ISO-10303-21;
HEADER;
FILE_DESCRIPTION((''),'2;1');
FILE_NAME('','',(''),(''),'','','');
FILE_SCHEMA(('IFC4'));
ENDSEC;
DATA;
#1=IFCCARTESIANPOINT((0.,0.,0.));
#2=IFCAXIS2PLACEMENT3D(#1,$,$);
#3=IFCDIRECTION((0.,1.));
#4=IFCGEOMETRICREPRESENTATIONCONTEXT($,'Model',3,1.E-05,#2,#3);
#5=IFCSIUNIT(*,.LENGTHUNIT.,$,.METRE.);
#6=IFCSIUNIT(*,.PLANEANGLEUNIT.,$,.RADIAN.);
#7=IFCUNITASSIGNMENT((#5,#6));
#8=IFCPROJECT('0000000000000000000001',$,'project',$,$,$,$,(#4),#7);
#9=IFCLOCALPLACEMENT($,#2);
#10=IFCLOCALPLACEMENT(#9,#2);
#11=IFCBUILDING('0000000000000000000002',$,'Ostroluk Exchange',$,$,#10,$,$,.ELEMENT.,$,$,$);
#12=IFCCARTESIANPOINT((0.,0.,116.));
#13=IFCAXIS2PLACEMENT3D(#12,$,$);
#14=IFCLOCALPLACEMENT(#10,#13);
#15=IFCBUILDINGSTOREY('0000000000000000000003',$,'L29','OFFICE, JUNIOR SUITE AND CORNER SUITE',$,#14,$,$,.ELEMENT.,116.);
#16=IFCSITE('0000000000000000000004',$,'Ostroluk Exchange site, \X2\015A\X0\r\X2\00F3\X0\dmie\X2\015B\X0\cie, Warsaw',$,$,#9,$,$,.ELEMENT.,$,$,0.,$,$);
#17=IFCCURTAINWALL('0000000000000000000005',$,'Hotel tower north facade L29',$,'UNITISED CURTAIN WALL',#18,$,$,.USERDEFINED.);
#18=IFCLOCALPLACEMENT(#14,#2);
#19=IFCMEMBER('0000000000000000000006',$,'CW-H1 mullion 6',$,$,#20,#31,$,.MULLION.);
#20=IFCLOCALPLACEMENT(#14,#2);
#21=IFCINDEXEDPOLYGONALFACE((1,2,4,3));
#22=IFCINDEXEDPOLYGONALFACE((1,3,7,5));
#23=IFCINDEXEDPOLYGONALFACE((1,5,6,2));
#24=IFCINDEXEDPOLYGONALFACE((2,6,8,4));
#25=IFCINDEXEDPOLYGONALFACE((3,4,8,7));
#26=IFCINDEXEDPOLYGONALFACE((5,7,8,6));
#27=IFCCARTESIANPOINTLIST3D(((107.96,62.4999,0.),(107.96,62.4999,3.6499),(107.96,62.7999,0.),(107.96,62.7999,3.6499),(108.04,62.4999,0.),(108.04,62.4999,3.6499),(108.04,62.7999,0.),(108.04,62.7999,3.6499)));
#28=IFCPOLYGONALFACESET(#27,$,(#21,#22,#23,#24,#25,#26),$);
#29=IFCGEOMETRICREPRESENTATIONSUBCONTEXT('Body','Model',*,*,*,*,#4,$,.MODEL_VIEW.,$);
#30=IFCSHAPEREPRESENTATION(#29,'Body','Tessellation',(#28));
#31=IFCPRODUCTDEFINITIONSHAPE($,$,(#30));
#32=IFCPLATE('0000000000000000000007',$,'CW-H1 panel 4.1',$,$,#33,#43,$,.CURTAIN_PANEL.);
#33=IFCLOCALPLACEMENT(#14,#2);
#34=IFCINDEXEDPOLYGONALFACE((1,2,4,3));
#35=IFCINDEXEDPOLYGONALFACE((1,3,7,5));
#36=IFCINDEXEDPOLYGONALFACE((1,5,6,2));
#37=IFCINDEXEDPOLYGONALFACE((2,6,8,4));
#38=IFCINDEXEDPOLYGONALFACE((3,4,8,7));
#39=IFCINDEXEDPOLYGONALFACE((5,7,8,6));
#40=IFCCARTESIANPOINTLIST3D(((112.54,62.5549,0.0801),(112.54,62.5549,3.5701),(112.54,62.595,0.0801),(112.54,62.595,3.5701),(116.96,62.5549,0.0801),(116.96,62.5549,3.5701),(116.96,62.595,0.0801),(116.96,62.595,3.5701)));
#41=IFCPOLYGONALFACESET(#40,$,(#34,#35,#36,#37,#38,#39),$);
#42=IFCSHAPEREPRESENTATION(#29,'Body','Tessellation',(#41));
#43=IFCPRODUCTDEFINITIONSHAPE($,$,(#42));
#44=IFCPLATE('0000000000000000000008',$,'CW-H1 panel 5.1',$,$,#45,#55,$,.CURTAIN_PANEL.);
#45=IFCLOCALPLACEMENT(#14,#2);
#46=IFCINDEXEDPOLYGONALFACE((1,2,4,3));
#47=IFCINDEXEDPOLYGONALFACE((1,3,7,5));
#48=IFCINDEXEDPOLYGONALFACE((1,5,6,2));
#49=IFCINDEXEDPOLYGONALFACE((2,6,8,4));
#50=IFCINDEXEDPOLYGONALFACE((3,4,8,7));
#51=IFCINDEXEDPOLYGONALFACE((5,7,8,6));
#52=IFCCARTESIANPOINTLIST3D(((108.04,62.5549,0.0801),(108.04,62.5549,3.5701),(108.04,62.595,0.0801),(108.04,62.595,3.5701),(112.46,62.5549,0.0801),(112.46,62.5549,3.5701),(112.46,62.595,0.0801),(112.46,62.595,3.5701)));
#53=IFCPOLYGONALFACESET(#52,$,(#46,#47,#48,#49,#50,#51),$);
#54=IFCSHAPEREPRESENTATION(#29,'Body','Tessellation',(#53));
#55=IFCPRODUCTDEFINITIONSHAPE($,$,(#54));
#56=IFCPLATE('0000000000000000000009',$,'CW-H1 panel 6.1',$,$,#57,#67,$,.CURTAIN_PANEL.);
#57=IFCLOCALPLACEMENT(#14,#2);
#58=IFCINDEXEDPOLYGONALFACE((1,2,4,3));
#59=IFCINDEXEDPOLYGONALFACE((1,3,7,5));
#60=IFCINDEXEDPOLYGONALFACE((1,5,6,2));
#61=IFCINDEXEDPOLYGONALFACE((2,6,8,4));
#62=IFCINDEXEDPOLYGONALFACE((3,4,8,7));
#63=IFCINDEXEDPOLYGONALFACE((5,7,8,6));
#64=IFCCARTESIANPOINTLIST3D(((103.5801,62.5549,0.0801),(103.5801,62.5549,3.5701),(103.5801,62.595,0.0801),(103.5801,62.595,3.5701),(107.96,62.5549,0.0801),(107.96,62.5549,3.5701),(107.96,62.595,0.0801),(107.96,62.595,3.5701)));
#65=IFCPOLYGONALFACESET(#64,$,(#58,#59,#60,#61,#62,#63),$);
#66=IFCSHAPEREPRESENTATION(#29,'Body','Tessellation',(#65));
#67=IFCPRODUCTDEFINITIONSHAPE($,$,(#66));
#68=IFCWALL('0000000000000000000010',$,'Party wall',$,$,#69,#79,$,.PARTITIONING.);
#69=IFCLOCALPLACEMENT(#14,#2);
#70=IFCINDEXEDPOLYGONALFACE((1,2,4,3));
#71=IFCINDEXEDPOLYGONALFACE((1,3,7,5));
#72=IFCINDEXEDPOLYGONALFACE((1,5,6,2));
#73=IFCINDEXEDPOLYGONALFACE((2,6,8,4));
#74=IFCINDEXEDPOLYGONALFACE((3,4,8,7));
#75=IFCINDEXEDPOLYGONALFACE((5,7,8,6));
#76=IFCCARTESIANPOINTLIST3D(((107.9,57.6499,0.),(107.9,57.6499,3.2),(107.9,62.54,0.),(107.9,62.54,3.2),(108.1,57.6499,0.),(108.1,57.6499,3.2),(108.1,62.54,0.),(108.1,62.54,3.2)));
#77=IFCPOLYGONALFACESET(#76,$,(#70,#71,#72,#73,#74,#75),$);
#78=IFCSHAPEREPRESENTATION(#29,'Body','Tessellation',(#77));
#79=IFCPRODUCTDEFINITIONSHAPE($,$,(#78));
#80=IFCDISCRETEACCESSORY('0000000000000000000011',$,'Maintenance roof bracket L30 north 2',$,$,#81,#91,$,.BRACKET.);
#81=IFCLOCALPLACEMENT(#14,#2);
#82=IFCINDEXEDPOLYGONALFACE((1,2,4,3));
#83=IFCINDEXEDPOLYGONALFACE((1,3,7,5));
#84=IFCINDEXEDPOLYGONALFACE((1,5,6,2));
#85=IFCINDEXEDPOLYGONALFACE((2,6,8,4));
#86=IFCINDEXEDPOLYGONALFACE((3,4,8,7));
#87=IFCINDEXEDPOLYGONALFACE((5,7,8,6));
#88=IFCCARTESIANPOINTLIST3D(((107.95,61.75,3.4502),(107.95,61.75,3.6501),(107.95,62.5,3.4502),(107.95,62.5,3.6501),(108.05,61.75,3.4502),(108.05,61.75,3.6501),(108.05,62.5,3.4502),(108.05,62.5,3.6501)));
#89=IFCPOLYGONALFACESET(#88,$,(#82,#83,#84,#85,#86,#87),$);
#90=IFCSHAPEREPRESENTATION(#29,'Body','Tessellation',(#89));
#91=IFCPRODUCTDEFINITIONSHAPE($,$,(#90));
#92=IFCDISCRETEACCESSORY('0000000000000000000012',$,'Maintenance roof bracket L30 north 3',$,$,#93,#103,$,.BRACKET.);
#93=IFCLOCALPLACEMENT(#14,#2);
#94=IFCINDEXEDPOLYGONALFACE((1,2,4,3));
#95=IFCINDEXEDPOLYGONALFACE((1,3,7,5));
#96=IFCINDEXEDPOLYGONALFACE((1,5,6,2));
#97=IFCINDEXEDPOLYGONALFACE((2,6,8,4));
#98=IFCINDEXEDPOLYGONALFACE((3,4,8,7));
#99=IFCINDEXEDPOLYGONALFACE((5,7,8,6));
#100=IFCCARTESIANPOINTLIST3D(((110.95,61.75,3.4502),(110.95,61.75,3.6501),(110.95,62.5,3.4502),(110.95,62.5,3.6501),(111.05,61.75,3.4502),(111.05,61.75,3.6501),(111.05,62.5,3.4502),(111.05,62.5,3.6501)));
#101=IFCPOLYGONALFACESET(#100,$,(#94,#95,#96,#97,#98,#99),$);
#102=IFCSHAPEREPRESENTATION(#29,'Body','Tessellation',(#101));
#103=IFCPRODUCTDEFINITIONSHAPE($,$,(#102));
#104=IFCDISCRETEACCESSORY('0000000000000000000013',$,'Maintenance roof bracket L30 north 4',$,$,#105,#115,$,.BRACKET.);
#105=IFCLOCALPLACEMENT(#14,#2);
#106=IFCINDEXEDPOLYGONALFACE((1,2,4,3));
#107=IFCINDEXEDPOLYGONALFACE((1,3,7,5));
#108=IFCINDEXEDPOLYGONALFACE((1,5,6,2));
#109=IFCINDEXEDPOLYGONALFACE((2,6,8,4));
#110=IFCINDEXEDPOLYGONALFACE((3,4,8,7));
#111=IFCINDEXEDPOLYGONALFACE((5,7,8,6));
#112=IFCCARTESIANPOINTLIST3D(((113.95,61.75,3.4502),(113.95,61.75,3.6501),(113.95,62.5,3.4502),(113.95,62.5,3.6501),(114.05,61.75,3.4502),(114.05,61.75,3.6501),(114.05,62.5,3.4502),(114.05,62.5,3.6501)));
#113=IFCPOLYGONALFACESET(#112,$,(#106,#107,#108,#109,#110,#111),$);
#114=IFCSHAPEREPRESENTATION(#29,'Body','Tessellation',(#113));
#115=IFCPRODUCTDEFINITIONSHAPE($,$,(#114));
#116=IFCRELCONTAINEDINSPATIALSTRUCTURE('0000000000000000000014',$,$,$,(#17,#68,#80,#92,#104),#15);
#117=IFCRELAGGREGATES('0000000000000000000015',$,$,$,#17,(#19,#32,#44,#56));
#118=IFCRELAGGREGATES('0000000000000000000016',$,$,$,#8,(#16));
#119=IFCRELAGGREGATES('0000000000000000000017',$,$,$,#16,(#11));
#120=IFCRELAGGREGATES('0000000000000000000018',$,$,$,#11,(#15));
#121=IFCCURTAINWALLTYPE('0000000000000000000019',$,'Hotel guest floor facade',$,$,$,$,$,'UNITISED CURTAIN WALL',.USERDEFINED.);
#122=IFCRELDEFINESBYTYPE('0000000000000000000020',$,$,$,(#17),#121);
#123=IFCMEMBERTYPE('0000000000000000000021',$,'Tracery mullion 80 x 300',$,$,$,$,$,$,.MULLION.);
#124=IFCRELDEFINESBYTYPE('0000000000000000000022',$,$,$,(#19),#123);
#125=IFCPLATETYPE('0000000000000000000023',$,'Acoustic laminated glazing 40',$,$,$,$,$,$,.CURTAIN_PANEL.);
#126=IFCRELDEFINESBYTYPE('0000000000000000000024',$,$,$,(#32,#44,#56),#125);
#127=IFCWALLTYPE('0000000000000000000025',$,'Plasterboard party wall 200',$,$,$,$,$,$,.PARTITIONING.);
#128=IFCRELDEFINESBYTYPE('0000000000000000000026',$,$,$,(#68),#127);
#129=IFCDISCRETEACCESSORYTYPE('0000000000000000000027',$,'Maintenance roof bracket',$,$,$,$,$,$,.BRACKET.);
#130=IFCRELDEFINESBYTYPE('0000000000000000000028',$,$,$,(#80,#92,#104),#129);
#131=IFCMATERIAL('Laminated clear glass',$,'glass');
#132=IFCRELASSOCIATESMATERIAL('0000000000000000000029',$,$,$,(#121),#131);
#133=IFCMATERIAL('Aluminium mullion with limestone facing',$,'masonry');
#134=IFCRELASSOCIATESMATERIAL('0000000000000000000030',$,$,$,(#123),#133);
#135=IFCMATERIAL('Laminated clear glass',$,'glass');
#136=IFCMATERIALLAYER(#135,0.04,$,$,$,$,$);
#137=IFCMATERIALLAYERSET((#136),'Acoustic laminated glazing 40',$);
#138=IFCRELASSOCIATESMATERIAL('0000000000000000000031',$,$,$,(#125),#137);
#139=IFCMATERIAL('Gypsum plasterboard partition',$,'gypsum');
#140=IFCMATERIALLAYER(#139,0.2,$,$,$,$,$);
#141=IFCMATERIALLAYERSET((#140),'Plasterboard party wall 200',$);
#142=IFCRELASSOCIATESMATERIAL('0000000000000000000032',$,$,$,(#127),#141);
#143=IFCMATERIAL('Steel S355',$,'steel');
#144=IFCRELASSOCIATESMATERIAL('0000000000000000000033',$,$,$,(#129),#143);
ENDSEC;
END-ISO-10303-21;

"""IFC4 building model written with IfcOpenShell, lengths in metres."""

from ifc_helpers import new_model, si_unit, direction, frame, frame_2d, origin, origin_2d, place, context, subcontext, project, spatial, rectangle, extrude, material, layer, layer_set, material_profile, profile_set, type_object, element, aggregate, save


model = new_model("IFC4")

# Units and contexts
model_context = context("Model", 3, precision=1e-05, world=origin(), true_north=direction((0.0, 1.0)))
body_context = subcontext(model_context, "Body", "Model", "MODEL_VIEW")
ifc_project = project(units=[si_unit("LENGTHUNIT", "METRE"), si_unit("PLANEANGLEUNIT", "RADIAN")], contexts=[model_context])

# Site, building, storey
site_placement = place(None, origin())
site = spatial("IfcSite", under=ifc_project, at=site_placement, Name="Ostroluk Exchange site, Śródmieście, Warsaw", CompositionType="ELEMENT", RefElevation=0.0)
building_placement = place(site_placement, origin())
building = spatial("IfcBuilding", under=site, at=building_placement, Name="Ostroluk Exchange", CompositionType="ELEMENT")
storey_placement = place(building_placement, frame((0.0, 0.0, 116.0)))
storey = spatial("IfcBuildingStorey", under=building, at=storey_placement, Name="L29", Description="OFFICE, JUNIOR SUITE AND CORNER SUITE", CompositionType="ELEMENT", Elevation=116.0)

# Curtain wall, member, plates
ifc_material_1 = material(Name="Laminated clear glass", Category="glass")
curtain_wall_type = type_object("IfcCurtainWallType", Name="Hotel guest floor facade", ElementType="UNITISED CURTAIN WALL", PredefinedType="USERDEFINED", material=ifc_material_1)
curtain_wall_placement = place(storey_placement, origin())
curtain_wall = element("IfcCurtainWall", 1, at=curtain_wall_placement, inside=storey, type_object=curtain_wall_type, Name="Hotel tower north facade L29", ObjectType="UNITISED CURTAIN WALL", PredefinedType="USERDEFINED")
ifc_material_2 = material(Name="Aluminium mullion with limestone facing", Category="masonry")
ifc_material_profile_1 = material_profile(ifc_material_2, rectangle(XDim=0.3, YDim=0.0801, at=origin_2d()), Name="Tracery mullion 80 x 300")
ifc_profile_set_1 = profile_set([ifc_material_profile_1], Name="Aluminium mullion with limestone facing")
member_type_1 = type_object("IfcMemberType", Name="Tracery mullion 80 x 300", PredefinedType="MULLION", material=ifc_profile_set_1)
member_1_placement = place(storey_placement, frame((108.0, 62.6499, 0.0), z_axis=(0.0, 0.0, 1.0), x_axis=(0.0, -1.0, 0.0)))
member_1 = element("IfcMember", 2, at=member_1_placement, type_object=member_type_1, Name="CW-H1 mullion 6", PredefinedType="MULLION", context=body_context, shape_type="SweptSolid", body=[
    extrude(rectangle(XDim=0.3, YDim=0.0801, at=origin_2d()), origin(), (0.0, 0.0, 1.0), 3.6499),
])
ifc_material_3 = material(Name="Laminated clear glass", Category="glass")
ifc_layer_1 = layer(ifc_material_3, 0.04)
ifc_layer_set_1 = layer_set([ifc_layer_1], Name="Acoustic laminated glazing 40")
plate_type = type_object("IfcPlateType", Name="Acoustic laminated glazing 40", PredefinedType="CURTAIN_PANEL", material=ifc_layer_set_1)
plate_1_placement = place(storey_placement, frame((114.75, 62.575, 0.0801), z_axis=(0.0, 0.0, 1.0), x_axis=(-1.0, 0.0, 0.0)))
plate_1 = element("IfcPlate", 3, at=plate_1_placement, type_object=plate_type, Name="CW-H1 panel 4.1", PredefinedType="CURTAIN_PANEL", context=body_context, shape_type="SweptSolid", body=[
    extrude(rectangle(XDim=4.4199, YDim=0.04, at=origin_2d()), origin(), (0.0, 0.0, 1.0), 3.49),
])
plate_2_placement = place(storey_placement, frame((110.25, 62.575, 0.0801), z_axis=(0.0, 0.0, 1.0), x_axis=(-1.0, 0.0, 0.0)))
plate_2 = element("IfcPlate", 4, at=plate_2_placement, type_object=plate_type, Name="CW-H1 panel 5.1", PredefinedType="CURTAIN_PANEL", context=body_context, shape_type="SweptSolid", body=[
    extrude(rectangle(XDim=4.4199, YDim=0.04, at=origin_2d()), origin(), (0.0, 0.0, 1.0), 3.49),
])
plate_3_placement = place(storey_placement, frame((105.77, 62.575, 0.0801), z_axis=(0.0, 0.0, 1.0), x_axis=(-1.0, 0.0, 0.0)))
plate_3 = element("IfcPlate", 5, at=plate_3_placement, type_object=plate_type, Name="CW-H1 panel 6.1", PredefinedType="CURTAIN_PANEL", context=body_context, shape_type="SweptSolid", body=[
    extrude(rectangle(XDim=4.3799, YDim=0.04, at=origin_2d()), origin(), (0.0, 0.0, 1.0), 3.49),
])
aggregate(curtain_wall, [member_1, plate_1, plate_2, plate_3])

# Wall
ifc_material_4 = material(Name="Gypsum plasterboard partition", Category="gypsum")
ifc_layer_2 = layer(ifc_material_4, 0.2)
ifc_layer_set_2 = layer_set([ifc_layer_2], Name="Plasterboard party wall 200")
wall_type = type_object("IfcWallType", Name="Plasterboard party wall 200", PredefinedType="PARTITIONING", material=ifc_layer_set_2)
wall_placement = place(storey_placement, frame((108.0, 57.6499, 0.0), z_axis=(0.0, 0.0, 1.0), x_axis=(0.0, 1.0, 0.0)))
element("IfcWall", 6, at=wall_placement, inside=storey, type_object=wall_type, Name="Party wall", PredefinedType="PARTITIONING", context=body_context, shape_type="SweptSolid", body=[
    extrude(rectangle(XDim=4.8901, YDim=0.2, at=frame_2d((2.4451, 0.0))), origin(), (0.0, 0.0, 1.0), 3.2),
])

# Discrete accessories
ifc_material_5 = material(Name="Steel S355", Category="steel")
discrete_accessory_type = type_object("IfcDiscreteAccessoryType", Name="Maintenance roof bracket", PredefinedType="BRACKET", material=ifc_material_5)
for number, where, z_axis, x_axis, name in (
    (7, (108.0, 62.125, 3.4502), (0.0, 0.0, 1.0), (1.0, 0.0, 0.0), "Maintenance roof bracket L30 north 2"),
    (8, (111.0, 62.125, 3.4502), (0.0, 0.0, 1.0), (1.0, 0.0, 0.0), "Maintenance roof bracket L30 north 3"),
    (9, (114.0, 62.125, 3.4502), (0.0, 0.0, 1.0), (1.0, 0.0, 0.0), "Maintenance roof bracket L30 north 4"),
):
    element("IfcDiscreteAccessory", number, at=place(storey_placement, frame(where, z_axis=z_axis, x_axis=x_axis)), inside=storey, type_object=discrete_accessory_type, Name=name, PredefinedType="BRACKET", context=body_context, shape_type="SweptSolid", body=[
        extrude(rectangle(XDim=0.1001, YDim=0.75, at=origin_2d()), origin(), (0.0, 0.0, 1.0), 0.2),
    ])

save(model, "model.ifc")
